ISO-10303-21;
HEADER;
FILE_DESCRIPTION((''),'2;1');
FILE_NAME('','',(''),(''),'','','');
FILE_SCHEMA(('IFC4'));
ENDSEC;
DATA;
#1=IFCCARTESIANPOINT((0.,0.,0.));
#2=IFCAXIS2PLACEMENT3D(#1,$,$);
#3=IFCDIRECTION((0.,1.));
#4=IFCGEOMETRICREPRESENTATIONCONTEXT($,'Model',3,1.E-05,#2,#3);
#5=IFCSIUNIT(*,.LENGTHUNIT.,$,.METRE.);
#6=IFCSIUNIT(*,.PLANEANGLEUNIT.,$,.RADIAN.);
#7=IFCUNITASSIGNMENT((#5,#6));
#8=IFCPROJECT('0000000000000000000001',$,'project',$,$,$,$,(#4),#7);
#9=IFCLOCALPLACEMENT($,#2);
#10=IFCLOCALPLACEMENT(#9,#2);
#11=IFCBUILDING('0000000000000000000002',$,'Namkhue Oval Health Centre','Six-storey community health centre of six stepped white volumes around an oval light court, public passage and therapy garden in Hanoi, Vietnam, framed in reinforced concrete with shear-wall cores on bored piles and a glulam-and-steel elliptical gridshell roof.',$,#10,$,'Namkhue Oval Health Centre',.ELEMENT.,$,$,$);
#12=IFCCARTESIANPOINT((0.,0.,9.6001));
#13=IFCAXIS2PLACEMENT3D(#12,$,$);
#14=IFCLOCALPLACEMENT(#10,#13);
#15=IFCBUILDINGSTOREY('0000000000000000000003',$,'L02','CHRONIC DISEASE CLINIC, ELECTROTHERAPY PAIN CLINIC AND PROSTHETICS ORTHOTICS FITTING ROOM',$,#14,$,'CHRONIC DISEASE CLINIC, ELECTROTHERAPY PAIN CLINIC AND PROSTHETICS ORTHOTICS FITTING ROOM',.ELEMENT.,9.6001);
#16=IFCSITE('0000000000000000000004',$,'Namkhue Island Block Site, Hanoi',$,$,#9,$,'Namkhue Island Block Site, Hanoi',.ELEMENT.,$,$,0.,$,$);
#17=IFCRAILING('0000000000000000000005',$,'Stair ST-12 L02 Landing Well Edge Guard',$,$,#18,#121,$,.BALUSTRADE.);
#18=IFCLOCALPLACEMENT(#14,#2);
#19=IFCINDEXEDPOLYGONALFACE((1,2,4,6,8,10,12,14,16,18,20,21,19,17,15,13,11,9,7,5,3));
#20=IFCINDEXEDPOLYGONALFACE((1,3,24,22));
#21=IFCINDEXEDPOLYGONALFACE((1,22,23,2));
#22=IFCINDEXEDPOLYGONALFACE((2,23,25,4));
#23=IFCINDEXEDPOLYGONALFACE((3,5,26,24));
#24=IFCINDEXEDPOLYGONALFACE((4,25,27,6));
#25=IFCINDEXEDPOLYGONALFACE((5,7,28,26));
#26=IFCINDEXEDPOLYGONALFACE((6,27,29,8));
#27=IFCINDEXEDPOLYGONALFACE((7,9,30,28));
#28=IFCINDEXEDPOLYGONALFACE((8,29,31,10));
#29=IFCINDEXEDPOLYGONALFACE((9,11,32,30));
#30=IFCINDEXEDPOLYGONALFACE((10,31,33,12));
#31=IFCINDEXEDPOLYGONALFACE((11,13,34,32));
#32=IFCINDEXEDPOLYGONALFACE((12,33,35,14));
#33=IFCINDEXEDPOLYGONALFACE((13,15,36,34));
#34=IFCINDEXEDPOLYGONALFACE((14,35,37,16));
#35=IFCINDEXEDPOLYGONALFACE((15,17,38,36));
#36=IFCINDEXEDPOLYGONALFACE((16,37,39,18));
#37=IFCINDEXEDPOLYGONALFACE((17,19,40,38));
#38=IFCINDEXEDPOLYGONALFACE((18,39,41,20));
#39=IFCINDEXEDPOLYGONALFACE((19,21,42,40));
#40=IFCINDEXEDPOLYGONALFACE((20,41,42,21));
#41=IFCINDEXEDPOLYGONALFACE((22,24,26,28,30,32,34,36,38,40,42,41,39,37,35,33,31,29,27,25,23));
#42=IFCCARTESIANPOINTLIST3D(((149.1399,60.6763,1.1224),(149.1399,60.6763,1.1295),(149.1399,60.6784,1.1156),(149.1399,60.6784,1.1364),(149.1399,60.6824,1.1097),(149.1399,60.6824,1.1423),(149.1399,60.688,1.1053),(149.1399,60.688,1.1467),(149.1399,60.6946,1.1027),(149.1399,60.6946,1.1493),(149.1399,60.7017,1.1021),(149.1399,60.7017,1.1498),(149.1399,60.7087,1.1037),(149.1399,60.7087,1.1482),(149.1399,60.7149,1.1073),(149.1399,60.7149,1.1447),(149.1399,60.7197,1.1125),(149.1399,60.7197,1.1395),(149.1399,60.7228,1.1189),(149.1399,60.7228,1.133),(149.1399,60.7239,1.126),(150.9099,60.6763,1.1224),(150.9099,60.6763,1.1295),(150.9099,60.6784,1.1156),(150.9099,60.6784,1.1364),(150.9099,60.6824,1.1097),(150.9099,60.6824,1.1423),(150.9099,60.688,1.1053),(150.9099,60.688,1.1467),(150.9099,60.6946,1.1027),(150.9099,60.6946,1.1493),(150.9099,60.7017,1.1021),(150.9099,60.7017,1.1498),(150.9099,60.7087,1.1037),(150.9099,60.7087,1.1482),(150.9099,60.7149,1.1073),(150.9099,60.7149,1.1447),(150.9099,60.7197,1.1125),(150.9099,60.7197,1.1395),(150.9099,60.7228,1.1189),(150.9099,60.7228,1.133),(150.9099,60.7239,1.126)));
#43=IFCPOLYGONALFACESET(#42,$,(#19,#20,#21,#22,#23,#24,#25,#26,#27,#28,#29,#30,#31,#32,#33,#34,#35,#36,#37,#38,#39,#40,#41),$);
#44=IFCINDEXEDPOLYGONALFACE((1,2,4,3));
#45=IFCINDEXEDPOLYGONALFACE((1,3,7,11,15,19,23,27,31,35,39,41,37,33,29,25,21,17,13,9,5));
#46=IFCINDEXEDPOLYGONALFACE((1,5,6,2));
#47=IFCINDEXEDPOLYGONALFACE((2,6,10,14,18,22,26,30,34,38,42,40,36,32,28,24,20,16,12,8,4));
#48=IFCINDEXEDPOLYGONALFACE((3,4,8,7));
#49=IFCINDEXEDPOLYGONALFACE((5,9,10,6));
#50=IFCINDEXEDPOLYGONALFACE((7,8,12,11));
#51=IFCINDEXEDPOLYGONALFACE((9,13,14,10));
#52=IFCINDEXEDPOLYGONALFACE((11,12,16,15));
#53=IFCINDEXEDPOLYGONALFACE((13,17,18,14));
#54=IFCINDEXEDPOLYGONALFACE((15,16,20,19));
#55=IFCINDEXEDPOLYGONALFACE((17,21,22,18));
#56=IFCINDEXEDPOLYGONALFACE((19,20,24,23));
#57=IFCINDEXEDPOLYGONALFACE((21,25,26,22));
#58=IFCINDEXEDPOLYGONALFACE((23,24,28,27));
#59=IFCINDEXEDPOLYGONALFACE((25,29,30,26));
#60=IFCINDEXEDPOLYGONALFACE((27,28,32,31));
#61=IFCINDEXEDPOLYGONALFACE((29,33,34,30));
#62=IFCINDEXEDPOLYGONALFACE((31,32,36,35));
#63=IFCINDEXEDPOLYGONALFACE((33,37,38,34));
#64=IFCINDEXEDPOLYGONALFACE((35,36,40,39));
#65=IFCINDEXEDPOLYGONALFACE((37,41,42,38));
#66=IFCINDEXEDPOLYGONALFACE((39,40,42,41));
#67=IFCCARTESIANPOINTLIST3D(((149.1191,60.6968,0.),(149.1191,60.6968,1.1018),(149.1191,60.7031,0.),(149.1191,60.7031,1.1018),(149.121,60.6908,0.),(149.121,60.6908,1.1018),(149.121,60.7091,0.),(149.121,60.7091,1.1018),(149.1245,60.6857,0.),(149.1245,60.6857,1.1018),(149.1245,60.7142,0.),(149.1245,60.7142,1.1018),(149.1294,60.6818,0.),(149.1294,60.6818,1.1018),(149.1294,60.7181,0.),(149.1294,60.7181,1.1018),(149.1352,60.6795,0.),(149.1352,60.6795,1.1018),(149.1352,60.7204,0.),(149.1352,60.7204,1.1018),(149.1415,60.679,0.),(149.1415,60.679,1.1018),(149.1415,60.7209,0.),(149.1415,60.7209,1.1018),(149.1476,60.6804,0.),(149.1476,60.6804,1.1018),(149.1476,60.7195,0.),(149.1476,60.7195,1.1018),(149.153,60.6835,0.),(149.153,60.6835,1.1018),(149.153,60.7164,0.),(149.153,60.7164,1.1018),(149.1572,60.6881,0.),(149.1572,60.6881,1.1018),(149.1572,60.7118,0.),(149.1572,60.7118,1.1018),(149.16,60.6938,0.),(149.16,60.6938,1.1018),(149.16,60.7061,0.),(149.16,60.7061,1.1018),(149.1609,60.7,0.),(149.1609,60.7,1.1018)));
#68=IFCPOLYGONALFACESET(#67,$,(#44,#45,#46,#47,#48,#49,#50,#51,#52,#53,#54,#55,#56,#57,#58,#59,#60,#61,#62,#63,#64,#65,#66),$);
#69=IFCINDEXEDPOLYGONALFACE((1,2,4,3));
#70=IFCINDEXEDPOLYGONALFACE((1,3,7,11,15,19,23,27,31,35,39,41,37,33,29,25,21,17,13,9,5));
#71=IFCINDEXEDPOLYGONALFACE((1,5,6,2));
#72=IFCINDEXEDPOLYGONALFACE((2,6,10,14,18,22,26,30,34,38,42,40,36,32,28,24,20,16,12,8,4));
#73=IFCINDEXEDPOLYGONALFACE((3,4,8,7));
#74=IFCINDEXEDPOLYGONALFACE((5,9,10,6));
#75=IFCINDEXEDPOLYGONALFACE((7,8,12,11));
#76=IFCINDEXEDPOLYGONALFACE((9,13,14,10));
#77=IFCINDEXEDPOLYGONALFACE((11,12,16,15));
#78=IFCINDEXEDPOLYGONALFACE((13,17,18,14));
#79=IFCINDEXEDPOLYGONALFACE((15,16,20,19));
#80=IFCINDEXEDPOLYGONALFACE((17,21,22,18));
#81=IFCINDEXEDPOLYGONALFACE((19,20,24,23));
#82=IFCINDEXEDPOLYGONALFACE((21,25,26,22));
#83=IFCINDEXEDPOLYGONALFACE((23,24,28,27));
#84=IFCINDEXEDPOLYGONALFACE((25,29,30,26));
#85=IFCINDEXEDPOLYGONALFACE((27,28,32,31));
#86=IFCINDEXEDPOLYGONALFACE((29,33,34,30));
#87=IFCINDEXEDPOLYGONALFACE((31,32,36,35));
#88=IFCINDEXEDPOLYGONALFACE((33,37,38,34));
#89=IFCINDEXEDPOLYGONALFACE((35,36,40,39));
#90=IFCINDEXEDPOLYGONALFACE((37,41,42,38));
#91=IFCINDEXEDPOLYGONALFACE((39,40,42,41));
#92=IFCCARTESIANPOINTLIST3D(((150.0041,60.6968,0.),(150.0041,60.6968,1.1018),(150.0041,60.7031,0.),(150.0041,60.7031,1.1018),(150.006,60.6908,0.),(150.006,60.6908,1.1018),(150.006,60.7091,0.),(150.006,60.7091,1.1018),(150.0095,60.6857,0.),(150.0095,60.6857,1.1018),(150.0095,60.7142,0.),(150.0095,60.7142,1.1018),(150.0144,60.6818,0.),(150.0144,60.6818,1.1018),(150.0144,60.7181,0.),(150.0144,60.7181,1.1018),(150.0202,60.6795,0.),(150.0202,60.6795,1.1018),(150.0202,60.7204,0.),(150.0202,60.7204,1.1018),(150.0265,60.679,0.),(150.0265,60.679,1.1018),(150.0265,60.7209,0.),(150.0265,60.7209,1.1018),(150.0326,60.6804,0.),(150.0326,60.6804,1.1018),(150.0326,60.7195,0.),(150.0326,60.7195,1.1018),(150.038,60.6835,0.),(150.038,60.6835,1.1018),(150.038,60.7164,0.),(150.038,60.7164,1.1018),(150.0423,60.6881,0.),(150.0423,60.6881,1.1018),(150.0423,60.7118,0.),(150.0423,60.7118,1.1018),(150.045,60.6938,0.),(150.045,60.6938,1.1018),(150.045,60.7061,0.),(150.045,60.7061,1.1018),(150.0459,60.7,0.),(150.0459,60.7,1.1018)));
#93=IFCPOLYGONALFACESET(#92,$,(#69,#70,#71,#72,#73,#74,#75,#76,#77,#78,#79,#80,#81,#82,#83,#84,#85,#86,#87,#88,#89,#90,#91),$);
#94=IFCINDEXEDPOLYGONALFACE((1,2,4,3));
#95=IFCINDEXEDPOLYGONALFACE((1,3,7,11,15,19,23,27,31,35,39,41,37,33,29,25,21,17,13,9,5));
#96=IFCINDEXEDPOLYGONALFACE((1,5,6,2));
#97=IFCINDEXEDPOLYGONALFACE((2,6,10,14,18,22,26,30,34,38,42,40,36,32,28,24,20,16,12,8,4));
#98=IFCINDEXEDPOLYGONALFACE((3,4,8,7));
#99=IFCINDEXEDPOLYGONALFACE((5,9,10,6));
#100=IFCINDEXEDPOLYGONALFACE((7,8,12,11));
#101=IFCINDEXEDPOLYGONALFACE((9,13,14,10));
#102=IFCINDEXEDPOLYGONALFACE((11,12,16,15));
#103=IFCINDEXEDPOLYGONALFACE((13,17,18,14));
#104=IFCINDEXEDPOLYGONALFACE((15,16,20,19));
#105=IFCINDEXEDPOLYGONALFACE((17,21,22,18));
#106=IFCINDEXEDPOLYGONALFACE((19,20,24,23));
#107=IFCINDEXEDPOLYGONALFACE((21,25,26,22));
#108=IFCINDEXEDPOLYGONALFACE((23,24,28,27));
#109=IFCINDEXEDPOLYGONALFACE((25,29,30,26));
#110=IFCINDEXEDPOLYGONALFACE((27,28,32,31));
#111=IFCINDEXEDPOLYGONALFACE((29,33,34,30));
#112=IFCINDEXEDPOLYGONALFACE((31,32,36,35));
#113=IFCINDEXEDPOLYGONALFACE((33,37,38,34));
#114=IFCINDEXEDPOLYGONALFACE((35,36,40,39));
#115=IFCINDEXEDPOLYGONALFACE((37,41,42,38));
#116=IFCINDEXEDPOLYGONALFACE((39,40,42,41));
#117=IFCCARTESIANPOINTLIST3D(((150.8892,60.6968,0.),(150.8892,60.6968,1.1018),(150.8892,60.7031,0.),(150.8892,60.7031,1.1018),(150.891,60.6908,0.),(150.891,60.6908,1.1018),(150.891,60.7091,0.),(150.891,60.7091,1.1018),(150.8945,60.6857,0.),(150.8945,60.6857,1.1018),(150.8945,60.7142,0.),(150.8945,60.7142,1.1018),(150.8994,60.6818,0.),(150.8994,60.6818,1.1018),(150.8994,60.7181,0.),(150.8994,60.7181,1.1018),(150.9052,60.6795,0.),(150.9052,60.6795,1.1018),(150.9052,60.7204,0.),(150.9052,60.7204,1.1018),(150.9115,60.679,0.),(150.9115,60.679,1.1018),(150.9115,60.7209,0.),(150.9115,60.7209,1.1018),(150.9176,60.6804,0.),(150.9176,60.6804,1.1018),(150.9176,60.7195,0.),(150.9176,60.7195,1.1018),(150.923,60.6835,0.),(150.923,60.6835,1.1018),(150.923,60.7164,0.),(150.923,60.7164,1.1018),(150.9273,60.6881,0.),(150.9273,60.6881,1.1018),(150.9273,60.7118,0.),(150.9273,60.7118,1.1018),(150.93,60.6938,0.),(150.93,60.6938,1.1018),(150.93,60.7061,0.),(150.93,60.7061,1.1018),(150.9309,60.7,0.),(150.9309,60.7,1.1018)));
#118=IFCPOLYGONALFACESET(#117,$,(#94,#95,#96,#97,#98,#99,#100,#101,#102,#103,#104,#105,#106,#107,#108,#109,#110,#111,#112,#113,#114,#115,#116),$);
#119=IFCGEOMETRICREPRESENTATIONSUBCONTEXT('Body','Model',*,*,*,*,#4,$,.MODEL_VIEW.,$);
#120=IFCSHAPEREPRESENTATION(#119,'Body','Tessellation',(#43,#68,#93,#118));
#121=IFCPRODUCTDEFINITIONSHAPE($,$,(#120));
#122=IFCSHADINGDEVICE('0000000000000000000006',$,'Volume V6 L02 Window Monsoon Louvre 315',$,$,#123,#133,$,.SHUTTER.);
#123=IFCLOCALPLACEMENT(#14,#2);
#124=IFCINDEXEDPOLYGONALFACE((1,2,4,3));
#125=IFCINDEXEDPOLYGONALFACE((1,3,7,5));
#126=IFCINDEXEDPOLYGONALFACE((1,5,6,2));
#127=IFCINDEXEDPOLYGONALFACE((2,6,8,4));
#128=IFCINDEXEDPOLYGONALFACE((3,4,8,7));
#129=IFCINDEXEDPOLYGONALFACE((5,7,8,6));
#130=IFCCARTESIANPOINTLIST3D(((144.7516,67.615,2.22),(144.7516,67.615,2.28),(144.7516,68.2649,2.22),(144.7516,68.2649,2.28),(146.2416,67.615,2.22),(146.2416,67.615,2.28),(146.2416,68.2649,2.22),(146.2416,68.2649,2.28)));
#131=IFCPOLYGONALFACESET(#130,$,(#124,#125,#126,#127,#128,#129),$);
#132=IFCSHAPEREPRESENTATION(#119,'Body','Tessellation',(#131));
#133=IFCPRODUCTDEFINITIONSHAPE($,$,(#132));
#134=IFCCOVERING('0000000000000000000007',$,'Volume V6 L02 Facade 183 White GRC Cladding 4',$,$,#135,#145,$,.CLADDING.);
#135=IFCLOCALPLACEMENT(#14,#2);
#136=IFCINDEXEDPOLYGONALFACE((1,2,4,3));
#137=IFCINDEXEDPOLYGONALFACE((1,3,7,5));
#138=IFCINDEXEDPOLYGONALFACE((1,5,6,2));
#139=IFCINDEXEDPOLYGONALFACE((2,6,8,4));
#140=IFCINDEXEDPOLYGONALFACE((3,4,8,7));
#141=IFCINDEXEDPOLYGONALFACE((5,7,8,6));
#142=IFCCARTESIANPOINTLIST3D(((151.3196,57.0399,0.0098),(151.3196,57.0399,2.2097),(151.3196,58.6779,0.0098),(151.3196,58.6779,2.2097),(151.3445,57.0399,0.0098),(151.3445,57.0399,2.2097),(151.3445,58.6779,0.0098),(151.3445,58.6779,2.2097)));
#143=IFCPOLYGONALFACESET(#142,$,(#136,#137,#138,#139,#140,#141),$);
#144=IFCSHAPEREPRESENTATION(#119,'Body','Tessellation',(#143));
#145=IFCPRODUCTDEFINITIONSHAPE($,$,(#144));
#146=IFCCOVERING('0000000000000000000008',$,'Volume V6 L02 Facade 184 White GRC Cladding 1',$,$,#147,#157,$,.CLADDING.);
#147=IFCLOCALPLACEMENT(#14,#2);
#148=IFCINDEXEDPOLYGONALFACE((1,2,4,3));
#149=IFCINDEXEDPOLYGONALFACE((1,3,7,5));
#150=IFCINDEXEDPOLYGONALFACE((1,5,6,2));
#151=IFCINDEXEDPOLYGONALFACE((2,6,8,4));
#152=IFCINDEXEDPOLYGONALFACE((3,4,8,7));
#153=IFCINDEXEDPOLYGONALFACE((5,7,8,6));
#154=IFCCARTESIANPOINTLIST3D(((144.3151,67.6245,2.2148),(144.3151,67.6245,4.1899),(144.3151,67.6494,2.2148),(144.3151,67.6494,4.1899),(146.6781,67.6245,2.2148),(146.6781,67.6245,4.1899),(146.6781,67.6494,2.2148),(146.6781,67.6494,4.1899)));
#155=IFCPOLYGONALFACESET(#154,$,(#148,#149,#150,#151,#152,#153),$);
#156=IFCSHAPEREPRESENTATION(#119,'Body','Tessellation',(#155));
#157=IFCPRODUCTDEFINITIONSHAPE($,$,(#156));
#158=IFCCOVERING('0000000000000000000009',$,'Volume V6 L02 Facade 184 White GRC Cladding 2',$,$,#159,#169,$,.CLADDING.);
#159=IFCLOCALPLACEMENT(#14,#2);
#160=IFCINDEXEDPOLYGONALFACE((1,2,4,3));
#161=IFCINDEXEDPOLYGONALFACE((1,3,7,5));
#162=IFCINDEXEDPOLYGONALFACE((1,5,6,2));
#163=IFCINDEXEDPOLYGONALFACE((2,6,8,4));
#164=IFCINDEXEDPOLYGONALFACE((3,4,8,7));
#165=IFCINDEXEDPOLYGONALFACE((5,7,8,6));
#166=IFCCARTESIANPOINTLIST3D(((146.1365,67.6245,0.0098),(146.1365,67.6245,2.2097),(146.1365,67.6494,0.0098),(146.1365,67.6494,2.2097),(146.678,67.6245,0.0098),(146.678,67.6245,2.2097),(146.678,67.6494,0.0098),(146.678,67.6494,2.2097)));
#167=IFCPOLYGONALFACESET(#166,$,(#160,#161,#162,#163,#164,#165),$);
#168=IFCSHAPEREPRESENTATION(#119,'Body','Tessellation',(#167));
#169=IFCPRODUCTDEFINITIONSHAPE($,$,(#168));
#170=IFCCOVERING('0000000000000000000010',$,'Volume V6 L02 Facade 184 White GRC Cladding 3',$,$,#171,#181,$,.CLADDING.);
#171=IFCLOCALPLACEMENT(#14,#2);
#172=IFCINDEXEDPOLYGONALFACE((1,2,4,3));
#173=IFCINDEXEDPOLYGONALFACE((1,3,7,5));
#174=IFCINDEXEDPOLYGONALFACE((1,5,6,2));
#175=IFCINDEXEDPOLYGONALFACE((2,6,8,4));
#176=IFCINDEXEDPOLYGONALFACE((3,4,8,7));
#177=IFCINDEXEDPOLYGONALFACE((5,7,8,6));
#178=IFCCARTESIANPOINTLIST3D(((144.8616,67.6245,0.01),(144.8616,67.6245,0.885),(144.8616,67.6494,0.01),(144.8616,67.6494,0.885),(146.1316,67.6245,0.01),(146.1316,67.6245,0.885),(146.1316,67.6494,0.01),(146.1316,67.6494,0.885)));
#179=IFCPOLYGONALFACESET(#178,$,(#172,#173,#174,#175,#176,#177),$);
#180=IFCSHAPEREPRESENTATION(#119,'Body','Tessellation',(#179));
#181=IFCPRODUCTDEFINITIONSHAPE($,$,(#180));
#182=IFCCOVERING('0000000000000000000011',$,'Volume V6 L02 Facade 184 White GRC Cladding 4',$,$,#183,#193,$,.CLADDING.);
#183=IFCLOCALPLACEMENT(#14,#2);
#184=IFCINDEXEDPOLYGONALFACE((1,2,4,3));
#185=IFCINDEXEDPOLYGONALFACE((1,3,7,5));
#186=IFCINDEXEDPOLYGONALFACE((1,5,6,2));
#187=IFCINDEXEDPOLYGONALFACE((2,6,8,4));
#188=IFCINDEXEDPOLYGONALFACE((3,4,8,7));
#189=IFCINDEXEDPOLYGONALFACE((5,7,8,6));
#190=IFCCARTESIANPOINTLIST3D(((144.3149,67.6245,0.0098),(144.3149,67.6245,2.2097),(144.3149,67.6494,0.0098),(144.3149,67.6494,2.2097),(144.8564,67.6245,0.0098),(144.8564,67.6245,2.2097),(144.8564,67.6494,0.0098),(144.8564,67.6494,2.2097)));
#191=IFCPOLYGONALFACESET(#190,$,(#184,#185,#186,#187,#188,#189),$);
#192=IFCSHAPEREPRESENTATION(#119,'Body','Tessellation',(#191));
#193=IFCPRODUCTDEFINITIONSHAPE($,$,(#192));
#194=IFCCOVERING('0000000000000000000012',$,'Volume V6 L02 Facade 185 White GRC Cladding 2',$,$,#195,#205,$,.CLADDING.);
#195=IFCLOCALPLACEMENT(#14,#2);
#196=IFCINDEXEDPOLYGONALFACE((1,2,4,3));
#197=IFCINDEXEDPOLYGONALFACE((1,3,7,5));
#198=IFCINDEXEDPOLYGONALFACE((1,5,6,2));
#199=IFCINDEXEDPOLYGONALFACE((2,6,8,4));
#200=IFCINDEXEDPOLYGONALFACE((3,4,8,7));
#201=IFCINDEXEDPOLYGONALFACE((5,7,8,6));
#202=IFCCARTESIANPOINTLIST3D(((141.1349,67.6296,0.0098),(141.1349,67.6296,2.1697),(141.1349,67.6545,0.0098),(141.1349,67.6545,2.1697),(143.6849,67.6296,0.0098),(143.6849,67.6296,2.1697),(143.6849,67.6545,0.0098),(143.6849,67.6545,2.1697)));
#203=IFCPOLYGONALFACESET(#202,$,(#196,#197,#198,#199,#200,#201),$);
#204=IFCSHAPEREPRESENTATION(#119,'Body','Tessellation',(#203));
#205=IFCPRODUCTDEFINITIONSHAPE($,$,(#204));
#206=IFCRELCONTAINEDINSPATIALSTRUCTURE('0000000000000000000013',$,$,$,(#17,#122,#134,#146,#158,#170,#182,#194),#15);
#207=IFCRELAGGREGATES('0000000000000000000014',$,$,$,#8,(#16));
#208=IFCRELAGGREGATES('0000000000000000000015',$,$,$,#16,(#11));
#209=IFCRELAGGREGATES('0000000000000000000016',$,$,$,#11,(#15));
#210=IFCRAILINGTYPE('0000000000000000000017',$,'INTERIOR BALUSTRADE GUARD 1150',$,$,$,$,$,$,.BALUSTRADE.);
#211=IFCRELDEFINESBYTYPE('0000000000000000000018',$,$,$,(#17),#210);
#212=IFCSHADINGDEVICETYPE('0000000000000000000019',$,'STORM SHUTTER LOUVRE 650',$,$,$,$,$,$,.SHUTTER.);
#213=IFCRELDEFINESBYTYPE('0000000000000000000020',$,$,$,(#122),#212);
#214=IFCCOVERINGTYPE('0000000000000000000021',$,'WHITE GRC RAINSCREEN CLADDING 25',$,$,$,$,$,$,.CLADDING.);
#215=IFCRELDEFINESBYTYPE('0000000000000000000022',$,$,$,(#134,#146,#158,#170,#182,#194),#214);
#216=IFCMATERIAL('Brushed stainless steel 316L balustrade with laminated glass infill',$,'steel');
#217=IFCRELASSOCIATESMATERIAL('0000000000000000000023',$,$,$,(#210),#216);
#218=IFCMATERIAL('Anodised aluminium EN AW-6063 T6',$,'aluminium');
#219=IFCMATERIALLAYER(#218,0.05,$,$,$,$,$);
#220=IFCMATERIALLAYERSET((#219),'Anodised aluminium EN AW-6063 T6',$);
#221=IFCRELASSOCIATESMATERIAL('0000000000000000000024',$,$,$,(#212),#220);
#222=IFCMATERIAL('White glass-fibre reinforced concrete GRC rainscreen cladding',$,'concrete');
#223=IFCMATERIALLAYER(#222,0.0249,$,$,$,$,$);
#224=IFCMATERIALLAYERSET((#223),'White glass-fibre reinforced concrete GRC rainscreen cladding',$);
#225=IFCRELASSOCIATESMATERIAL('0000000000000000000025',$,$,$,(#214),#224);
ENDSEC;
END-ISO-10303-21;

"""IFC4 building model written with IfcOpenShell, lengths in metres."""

from ifc_helpers import new_model, si_unit, direction, frame, origin, origin_2d, place, context, subcontext, project, spatial, rectangle, circle, extrude, material, layer, layer_set, type_object, element, save


model = new_model("IFC4")

# Units and contexts
model_context = context("Model", 3, precision=1e-05, world=origin(), true_north=direction((0.0, 1.0)))
body_context = subcontext(model_context, "Body", "Model", "MODEL_VIEW")
ifc_project = project(units=[si_unit("LENGTHUNIT", "METRE"), si_unit("PLANEANGLEUNIT", "RADIAN")], contexts=[model_context])

# Site, building, storey
site_placement = place(None, origin())
site = spatial("IfcSite", under=ifc_project, at=site_placement, Name="Namkhue Island Block Site, Hanoi", LongName="Namkhue Island Block Site, Hanoi", CompositionType="ELEMENT", RefElevation=0.0)
building_placement = place(site_placement, origin())
building = spatial("IfcBuilding", under=site, at=building_placement, Name="Namkhue Oval Health Centre", Description="Six-storey community health centre of six stepped white volumes around an oval light court, public passage and therapy garden in Hanoi, Vietnam, framed in reinforced concrete with shear-wall cores on bored piles and a glulam-and-steel elliptical gridshell roof.", LongName="Namkhue Oval Health Centre", CompositionType="ELEMENT")
storey_placement = place(building_placement, frame((0.0, 0.0, 9.6001)))
storey = spatial("IfcBuildingStorey", under=building, at=storey_placement, Name="L02", Description="CHRONIC DISEASE CLINIC, ELECTROTHERAPY PAIN CLINIC AND PROSTHETICS ORTHOTICS FITTING ROOM", LongName="CHRONIC DISEASE CLINIC, ELECTROTHERAPY PAIN CLINIC AND PROSTHETICS ORTHOTICS FITTING ROOM", CompositionType="ELEMENT", Elevation=9.6001)

# Railing
ifc_material_1 = material(Name="Brushed stainless steel 316L balustrade with laminated glass infill", Category="steel")
railing_type_1 = type_object("IfcRailingType", Name="INTERIOR BALUSTRADE GUARD 1150", PredefinedType="BALUSTRADE", material=ifc_material_1)
railing_1_placement = place(storey_placement, frame((149.1399, 60.7, 0.0)))
element("IfcRailing", 1, at=railing_1_placement, inside=storey, type_object=railing_type_1, Name="Stair ST-12 L02 Landing Well Edge Guard", PredefinedType="BALUSTRADE", context=body_context, shape_type="SweptSolid", body=[
    extrude(circle(Radius=0.0239, at=origin_2d()), frame((0.0, 0.0, 1.126), z_axis=(1.0, 0.0, 0.0), x_axis=(0.0, 1.0, 0.0)), (0.0, 0.0, 1.0), 1.77),
    extrude(circle(Radius=0.021, at=origin_2d()), origin(), (0.0, 0.0, 1.0), 1.1018),
    extrude(circle(Radius=0.021, at=origin_2d()), frame((0.885, 0.0, 0.0)), (0.0, 0.0, 1.0), 1.1018),
    extrude(circle(Radius=0.021, at=origin_2d()), frame((1.77, 0.0, 0.0)), (0.0, 0.0, 1.0), 1.1018),
])

# Shading device
ifc_material_2 = material(Name="Anodised aluminium EN AW-6063 T6", Category="aluminium")
ifc_layer_1 = layer(ifc_material_2, 0.05)
ifc_layer_set_1 = layer_set([ifc_layer_1], Name="Anodised aluminium EN AW-6063 T6")
shading_device_type = type_object("IfcShadingDeviceType", Name="STORM SHUTTER LOUVRE 650", PredefinedType="SHUTTER", material=ifc_layer_set_1)
shading_device_placement = place(storey_placement, frame((145.4966, 67.9399, 2.22), z_axis=(0.0, 0.0, 1.0), x_axis=(-1.0, 0.0, 0.0)))
element("IfcShadingDevice", 2, at=shading_device_placement, inside=storey, type_object=shading_device_type, Name="Volume V6 L02 Window Monsoon Louvre 315", PredefinedType="SHUTTER", context=body_context, shape_type="SweptSolid", body=[
    extrude(rectangle(XDim=1.49, YDim=0.6499, at=origin_2d()), origin(), (0.0, 0.0, 1.0), 0.0601),
])

# Coverings
ifc_material_3 = material(Name="White glass-fibre reinforced concrete GRC rainscreen cladding", Category="concrete")
ifc_layer_2 = layer(ifc_material_3, 0.0249)
ifc_layer_set_2 = layer_set([ifc_layer_2], Name="White glass-fibre reinforced concrete GRC rainscreen cladding")
covering_type = type_object("IfcCoveringType", Name="WHITE GRC RAINSCREEN CLADDING 25", PredefinedType="CLADDING", material=ifc_layer_set_2)
covering_1_placement = place(storey_placement, frame((151.332, 57.8589, 0.0098), z_axis=(0.0, 0.0, 1.0), x_axis=(0.0, 1.0, 0.0)))
element("IfcCovering", 3, at=covering_1_placement, inside=storey, type_object=covering_type, Name="Volume V6 L02 Facade 183 White GRC Cladding 4", PredefinedType="CLADDING", context=body_context, shape_type="SweptSolid", body=[
    extrude(rectangle(XDim=1.6379, YDim=0.0249, at=origin_2d()), origin(), (0.0, 0.0, 1.0), 2.2),
])
covering_2_placement = place(storey_placement, frame((145.4966, 67.637, 2.2148), z_axis=(0.0, 0.0, 1.0), x_axis=(-1.0, 0.0, 0.0)))
element("IfcCovering", 4, at=covering_2_placement, inside=storey, type_object=covering_type, Name="Volume V6 L02 Facade 184 White GRC Cladding 1", PredefinedType="CLADDING", context=body_context, shape_type="SweptSolid", body=[
    extrude(rectangle(XDim=2.363, YDim=0.0249, at=origin_2d()), origin(), (0.0, 0.0, 1.0), 1.9751),
])
covering_3_placement = place(storey_placement, frame((146.4072, 67.637, 0.0098), z_axis=(0.0, 0.0, 1.0), x_axis=(-1.0, 0.0, 0.0)))
element("IfcCovering", 5, at=covering_3_placement, inside=storey, type_object=covering_type, Name="Volume V6 L02 Facade 184 White GRC Cladding 2", PredefinedType="CLADDING", context=body_context, shape_type="SweptSolid", body=[
    extrude(rectangle(XDim=0.5415, YDim=0.0249, at=origin_2d()), origin(), (0.0, 0.0, 1.0), 2.2),
])
covering_4_placement = place(storey_placement, frame((145.4966, 67.637, 0.01), z_axis=(0.0, 0.0, 1.0), x_axis=(-1.0, 0.0, 0.0)))
element("IfcCovering", 6, at=covering_4_placement, inside=storey, type_object=covering_type, Name="Volume V6 L02 Facade 184 White GRC Cladding 3", PredefinedType="CLADDING", context=body_context, shape_type="SweptSolid", body=[
    extrude(rectangle(XDim=1.27, YDim=0.0249, at=origin_2d()), origin(), (0.0, 0.0, 1.0), 0.875),
])
covering_5_placement = place(storey_placement, frame((144.5857, 67.637, 0.0098), z_axis=(0.0, 0.0, 1.0), x_axis=(-1.0, 0.0, 0.0)))
element("IfcCovering", 7, at=covering_5_placement, inside=storey, type_object=covering_type, Name="Volume V6 L02 Facade 184 White GRC Cladding 4", PredefinedType="CLADDING", context=body_context, shape_type="SweptSolid", body=[
    extrude(rectangle(XDim=0.5415, YDim=0.0249, at=origin_2d()), origin(), (0.0, 0.0, 1.0), 2.2),
])
covering_6_placement = place(storey_placement, frame((142.4099, 67.6421, 0.0098), z_axis=(0.0, 0.0, 1.0), x_axis=(-1.0, 0.0, 0.0)))
element("IfcCovering", 8, at=covering_6_placement, inside=storey, type_object=covering_type, Name="Volume V6 L02 Facade 185 White GRC Cladding 2", PredefinedType="CLADDING", context=body_context, shape_type="SweptSolid", body=[
    extrude(rectangle(XDim=2.55, YDim=0.0249, at=origin_2d()), origin(), (0.0, 0.0, 1.0), 2.1599),
])

save(model, "model.ifc")
